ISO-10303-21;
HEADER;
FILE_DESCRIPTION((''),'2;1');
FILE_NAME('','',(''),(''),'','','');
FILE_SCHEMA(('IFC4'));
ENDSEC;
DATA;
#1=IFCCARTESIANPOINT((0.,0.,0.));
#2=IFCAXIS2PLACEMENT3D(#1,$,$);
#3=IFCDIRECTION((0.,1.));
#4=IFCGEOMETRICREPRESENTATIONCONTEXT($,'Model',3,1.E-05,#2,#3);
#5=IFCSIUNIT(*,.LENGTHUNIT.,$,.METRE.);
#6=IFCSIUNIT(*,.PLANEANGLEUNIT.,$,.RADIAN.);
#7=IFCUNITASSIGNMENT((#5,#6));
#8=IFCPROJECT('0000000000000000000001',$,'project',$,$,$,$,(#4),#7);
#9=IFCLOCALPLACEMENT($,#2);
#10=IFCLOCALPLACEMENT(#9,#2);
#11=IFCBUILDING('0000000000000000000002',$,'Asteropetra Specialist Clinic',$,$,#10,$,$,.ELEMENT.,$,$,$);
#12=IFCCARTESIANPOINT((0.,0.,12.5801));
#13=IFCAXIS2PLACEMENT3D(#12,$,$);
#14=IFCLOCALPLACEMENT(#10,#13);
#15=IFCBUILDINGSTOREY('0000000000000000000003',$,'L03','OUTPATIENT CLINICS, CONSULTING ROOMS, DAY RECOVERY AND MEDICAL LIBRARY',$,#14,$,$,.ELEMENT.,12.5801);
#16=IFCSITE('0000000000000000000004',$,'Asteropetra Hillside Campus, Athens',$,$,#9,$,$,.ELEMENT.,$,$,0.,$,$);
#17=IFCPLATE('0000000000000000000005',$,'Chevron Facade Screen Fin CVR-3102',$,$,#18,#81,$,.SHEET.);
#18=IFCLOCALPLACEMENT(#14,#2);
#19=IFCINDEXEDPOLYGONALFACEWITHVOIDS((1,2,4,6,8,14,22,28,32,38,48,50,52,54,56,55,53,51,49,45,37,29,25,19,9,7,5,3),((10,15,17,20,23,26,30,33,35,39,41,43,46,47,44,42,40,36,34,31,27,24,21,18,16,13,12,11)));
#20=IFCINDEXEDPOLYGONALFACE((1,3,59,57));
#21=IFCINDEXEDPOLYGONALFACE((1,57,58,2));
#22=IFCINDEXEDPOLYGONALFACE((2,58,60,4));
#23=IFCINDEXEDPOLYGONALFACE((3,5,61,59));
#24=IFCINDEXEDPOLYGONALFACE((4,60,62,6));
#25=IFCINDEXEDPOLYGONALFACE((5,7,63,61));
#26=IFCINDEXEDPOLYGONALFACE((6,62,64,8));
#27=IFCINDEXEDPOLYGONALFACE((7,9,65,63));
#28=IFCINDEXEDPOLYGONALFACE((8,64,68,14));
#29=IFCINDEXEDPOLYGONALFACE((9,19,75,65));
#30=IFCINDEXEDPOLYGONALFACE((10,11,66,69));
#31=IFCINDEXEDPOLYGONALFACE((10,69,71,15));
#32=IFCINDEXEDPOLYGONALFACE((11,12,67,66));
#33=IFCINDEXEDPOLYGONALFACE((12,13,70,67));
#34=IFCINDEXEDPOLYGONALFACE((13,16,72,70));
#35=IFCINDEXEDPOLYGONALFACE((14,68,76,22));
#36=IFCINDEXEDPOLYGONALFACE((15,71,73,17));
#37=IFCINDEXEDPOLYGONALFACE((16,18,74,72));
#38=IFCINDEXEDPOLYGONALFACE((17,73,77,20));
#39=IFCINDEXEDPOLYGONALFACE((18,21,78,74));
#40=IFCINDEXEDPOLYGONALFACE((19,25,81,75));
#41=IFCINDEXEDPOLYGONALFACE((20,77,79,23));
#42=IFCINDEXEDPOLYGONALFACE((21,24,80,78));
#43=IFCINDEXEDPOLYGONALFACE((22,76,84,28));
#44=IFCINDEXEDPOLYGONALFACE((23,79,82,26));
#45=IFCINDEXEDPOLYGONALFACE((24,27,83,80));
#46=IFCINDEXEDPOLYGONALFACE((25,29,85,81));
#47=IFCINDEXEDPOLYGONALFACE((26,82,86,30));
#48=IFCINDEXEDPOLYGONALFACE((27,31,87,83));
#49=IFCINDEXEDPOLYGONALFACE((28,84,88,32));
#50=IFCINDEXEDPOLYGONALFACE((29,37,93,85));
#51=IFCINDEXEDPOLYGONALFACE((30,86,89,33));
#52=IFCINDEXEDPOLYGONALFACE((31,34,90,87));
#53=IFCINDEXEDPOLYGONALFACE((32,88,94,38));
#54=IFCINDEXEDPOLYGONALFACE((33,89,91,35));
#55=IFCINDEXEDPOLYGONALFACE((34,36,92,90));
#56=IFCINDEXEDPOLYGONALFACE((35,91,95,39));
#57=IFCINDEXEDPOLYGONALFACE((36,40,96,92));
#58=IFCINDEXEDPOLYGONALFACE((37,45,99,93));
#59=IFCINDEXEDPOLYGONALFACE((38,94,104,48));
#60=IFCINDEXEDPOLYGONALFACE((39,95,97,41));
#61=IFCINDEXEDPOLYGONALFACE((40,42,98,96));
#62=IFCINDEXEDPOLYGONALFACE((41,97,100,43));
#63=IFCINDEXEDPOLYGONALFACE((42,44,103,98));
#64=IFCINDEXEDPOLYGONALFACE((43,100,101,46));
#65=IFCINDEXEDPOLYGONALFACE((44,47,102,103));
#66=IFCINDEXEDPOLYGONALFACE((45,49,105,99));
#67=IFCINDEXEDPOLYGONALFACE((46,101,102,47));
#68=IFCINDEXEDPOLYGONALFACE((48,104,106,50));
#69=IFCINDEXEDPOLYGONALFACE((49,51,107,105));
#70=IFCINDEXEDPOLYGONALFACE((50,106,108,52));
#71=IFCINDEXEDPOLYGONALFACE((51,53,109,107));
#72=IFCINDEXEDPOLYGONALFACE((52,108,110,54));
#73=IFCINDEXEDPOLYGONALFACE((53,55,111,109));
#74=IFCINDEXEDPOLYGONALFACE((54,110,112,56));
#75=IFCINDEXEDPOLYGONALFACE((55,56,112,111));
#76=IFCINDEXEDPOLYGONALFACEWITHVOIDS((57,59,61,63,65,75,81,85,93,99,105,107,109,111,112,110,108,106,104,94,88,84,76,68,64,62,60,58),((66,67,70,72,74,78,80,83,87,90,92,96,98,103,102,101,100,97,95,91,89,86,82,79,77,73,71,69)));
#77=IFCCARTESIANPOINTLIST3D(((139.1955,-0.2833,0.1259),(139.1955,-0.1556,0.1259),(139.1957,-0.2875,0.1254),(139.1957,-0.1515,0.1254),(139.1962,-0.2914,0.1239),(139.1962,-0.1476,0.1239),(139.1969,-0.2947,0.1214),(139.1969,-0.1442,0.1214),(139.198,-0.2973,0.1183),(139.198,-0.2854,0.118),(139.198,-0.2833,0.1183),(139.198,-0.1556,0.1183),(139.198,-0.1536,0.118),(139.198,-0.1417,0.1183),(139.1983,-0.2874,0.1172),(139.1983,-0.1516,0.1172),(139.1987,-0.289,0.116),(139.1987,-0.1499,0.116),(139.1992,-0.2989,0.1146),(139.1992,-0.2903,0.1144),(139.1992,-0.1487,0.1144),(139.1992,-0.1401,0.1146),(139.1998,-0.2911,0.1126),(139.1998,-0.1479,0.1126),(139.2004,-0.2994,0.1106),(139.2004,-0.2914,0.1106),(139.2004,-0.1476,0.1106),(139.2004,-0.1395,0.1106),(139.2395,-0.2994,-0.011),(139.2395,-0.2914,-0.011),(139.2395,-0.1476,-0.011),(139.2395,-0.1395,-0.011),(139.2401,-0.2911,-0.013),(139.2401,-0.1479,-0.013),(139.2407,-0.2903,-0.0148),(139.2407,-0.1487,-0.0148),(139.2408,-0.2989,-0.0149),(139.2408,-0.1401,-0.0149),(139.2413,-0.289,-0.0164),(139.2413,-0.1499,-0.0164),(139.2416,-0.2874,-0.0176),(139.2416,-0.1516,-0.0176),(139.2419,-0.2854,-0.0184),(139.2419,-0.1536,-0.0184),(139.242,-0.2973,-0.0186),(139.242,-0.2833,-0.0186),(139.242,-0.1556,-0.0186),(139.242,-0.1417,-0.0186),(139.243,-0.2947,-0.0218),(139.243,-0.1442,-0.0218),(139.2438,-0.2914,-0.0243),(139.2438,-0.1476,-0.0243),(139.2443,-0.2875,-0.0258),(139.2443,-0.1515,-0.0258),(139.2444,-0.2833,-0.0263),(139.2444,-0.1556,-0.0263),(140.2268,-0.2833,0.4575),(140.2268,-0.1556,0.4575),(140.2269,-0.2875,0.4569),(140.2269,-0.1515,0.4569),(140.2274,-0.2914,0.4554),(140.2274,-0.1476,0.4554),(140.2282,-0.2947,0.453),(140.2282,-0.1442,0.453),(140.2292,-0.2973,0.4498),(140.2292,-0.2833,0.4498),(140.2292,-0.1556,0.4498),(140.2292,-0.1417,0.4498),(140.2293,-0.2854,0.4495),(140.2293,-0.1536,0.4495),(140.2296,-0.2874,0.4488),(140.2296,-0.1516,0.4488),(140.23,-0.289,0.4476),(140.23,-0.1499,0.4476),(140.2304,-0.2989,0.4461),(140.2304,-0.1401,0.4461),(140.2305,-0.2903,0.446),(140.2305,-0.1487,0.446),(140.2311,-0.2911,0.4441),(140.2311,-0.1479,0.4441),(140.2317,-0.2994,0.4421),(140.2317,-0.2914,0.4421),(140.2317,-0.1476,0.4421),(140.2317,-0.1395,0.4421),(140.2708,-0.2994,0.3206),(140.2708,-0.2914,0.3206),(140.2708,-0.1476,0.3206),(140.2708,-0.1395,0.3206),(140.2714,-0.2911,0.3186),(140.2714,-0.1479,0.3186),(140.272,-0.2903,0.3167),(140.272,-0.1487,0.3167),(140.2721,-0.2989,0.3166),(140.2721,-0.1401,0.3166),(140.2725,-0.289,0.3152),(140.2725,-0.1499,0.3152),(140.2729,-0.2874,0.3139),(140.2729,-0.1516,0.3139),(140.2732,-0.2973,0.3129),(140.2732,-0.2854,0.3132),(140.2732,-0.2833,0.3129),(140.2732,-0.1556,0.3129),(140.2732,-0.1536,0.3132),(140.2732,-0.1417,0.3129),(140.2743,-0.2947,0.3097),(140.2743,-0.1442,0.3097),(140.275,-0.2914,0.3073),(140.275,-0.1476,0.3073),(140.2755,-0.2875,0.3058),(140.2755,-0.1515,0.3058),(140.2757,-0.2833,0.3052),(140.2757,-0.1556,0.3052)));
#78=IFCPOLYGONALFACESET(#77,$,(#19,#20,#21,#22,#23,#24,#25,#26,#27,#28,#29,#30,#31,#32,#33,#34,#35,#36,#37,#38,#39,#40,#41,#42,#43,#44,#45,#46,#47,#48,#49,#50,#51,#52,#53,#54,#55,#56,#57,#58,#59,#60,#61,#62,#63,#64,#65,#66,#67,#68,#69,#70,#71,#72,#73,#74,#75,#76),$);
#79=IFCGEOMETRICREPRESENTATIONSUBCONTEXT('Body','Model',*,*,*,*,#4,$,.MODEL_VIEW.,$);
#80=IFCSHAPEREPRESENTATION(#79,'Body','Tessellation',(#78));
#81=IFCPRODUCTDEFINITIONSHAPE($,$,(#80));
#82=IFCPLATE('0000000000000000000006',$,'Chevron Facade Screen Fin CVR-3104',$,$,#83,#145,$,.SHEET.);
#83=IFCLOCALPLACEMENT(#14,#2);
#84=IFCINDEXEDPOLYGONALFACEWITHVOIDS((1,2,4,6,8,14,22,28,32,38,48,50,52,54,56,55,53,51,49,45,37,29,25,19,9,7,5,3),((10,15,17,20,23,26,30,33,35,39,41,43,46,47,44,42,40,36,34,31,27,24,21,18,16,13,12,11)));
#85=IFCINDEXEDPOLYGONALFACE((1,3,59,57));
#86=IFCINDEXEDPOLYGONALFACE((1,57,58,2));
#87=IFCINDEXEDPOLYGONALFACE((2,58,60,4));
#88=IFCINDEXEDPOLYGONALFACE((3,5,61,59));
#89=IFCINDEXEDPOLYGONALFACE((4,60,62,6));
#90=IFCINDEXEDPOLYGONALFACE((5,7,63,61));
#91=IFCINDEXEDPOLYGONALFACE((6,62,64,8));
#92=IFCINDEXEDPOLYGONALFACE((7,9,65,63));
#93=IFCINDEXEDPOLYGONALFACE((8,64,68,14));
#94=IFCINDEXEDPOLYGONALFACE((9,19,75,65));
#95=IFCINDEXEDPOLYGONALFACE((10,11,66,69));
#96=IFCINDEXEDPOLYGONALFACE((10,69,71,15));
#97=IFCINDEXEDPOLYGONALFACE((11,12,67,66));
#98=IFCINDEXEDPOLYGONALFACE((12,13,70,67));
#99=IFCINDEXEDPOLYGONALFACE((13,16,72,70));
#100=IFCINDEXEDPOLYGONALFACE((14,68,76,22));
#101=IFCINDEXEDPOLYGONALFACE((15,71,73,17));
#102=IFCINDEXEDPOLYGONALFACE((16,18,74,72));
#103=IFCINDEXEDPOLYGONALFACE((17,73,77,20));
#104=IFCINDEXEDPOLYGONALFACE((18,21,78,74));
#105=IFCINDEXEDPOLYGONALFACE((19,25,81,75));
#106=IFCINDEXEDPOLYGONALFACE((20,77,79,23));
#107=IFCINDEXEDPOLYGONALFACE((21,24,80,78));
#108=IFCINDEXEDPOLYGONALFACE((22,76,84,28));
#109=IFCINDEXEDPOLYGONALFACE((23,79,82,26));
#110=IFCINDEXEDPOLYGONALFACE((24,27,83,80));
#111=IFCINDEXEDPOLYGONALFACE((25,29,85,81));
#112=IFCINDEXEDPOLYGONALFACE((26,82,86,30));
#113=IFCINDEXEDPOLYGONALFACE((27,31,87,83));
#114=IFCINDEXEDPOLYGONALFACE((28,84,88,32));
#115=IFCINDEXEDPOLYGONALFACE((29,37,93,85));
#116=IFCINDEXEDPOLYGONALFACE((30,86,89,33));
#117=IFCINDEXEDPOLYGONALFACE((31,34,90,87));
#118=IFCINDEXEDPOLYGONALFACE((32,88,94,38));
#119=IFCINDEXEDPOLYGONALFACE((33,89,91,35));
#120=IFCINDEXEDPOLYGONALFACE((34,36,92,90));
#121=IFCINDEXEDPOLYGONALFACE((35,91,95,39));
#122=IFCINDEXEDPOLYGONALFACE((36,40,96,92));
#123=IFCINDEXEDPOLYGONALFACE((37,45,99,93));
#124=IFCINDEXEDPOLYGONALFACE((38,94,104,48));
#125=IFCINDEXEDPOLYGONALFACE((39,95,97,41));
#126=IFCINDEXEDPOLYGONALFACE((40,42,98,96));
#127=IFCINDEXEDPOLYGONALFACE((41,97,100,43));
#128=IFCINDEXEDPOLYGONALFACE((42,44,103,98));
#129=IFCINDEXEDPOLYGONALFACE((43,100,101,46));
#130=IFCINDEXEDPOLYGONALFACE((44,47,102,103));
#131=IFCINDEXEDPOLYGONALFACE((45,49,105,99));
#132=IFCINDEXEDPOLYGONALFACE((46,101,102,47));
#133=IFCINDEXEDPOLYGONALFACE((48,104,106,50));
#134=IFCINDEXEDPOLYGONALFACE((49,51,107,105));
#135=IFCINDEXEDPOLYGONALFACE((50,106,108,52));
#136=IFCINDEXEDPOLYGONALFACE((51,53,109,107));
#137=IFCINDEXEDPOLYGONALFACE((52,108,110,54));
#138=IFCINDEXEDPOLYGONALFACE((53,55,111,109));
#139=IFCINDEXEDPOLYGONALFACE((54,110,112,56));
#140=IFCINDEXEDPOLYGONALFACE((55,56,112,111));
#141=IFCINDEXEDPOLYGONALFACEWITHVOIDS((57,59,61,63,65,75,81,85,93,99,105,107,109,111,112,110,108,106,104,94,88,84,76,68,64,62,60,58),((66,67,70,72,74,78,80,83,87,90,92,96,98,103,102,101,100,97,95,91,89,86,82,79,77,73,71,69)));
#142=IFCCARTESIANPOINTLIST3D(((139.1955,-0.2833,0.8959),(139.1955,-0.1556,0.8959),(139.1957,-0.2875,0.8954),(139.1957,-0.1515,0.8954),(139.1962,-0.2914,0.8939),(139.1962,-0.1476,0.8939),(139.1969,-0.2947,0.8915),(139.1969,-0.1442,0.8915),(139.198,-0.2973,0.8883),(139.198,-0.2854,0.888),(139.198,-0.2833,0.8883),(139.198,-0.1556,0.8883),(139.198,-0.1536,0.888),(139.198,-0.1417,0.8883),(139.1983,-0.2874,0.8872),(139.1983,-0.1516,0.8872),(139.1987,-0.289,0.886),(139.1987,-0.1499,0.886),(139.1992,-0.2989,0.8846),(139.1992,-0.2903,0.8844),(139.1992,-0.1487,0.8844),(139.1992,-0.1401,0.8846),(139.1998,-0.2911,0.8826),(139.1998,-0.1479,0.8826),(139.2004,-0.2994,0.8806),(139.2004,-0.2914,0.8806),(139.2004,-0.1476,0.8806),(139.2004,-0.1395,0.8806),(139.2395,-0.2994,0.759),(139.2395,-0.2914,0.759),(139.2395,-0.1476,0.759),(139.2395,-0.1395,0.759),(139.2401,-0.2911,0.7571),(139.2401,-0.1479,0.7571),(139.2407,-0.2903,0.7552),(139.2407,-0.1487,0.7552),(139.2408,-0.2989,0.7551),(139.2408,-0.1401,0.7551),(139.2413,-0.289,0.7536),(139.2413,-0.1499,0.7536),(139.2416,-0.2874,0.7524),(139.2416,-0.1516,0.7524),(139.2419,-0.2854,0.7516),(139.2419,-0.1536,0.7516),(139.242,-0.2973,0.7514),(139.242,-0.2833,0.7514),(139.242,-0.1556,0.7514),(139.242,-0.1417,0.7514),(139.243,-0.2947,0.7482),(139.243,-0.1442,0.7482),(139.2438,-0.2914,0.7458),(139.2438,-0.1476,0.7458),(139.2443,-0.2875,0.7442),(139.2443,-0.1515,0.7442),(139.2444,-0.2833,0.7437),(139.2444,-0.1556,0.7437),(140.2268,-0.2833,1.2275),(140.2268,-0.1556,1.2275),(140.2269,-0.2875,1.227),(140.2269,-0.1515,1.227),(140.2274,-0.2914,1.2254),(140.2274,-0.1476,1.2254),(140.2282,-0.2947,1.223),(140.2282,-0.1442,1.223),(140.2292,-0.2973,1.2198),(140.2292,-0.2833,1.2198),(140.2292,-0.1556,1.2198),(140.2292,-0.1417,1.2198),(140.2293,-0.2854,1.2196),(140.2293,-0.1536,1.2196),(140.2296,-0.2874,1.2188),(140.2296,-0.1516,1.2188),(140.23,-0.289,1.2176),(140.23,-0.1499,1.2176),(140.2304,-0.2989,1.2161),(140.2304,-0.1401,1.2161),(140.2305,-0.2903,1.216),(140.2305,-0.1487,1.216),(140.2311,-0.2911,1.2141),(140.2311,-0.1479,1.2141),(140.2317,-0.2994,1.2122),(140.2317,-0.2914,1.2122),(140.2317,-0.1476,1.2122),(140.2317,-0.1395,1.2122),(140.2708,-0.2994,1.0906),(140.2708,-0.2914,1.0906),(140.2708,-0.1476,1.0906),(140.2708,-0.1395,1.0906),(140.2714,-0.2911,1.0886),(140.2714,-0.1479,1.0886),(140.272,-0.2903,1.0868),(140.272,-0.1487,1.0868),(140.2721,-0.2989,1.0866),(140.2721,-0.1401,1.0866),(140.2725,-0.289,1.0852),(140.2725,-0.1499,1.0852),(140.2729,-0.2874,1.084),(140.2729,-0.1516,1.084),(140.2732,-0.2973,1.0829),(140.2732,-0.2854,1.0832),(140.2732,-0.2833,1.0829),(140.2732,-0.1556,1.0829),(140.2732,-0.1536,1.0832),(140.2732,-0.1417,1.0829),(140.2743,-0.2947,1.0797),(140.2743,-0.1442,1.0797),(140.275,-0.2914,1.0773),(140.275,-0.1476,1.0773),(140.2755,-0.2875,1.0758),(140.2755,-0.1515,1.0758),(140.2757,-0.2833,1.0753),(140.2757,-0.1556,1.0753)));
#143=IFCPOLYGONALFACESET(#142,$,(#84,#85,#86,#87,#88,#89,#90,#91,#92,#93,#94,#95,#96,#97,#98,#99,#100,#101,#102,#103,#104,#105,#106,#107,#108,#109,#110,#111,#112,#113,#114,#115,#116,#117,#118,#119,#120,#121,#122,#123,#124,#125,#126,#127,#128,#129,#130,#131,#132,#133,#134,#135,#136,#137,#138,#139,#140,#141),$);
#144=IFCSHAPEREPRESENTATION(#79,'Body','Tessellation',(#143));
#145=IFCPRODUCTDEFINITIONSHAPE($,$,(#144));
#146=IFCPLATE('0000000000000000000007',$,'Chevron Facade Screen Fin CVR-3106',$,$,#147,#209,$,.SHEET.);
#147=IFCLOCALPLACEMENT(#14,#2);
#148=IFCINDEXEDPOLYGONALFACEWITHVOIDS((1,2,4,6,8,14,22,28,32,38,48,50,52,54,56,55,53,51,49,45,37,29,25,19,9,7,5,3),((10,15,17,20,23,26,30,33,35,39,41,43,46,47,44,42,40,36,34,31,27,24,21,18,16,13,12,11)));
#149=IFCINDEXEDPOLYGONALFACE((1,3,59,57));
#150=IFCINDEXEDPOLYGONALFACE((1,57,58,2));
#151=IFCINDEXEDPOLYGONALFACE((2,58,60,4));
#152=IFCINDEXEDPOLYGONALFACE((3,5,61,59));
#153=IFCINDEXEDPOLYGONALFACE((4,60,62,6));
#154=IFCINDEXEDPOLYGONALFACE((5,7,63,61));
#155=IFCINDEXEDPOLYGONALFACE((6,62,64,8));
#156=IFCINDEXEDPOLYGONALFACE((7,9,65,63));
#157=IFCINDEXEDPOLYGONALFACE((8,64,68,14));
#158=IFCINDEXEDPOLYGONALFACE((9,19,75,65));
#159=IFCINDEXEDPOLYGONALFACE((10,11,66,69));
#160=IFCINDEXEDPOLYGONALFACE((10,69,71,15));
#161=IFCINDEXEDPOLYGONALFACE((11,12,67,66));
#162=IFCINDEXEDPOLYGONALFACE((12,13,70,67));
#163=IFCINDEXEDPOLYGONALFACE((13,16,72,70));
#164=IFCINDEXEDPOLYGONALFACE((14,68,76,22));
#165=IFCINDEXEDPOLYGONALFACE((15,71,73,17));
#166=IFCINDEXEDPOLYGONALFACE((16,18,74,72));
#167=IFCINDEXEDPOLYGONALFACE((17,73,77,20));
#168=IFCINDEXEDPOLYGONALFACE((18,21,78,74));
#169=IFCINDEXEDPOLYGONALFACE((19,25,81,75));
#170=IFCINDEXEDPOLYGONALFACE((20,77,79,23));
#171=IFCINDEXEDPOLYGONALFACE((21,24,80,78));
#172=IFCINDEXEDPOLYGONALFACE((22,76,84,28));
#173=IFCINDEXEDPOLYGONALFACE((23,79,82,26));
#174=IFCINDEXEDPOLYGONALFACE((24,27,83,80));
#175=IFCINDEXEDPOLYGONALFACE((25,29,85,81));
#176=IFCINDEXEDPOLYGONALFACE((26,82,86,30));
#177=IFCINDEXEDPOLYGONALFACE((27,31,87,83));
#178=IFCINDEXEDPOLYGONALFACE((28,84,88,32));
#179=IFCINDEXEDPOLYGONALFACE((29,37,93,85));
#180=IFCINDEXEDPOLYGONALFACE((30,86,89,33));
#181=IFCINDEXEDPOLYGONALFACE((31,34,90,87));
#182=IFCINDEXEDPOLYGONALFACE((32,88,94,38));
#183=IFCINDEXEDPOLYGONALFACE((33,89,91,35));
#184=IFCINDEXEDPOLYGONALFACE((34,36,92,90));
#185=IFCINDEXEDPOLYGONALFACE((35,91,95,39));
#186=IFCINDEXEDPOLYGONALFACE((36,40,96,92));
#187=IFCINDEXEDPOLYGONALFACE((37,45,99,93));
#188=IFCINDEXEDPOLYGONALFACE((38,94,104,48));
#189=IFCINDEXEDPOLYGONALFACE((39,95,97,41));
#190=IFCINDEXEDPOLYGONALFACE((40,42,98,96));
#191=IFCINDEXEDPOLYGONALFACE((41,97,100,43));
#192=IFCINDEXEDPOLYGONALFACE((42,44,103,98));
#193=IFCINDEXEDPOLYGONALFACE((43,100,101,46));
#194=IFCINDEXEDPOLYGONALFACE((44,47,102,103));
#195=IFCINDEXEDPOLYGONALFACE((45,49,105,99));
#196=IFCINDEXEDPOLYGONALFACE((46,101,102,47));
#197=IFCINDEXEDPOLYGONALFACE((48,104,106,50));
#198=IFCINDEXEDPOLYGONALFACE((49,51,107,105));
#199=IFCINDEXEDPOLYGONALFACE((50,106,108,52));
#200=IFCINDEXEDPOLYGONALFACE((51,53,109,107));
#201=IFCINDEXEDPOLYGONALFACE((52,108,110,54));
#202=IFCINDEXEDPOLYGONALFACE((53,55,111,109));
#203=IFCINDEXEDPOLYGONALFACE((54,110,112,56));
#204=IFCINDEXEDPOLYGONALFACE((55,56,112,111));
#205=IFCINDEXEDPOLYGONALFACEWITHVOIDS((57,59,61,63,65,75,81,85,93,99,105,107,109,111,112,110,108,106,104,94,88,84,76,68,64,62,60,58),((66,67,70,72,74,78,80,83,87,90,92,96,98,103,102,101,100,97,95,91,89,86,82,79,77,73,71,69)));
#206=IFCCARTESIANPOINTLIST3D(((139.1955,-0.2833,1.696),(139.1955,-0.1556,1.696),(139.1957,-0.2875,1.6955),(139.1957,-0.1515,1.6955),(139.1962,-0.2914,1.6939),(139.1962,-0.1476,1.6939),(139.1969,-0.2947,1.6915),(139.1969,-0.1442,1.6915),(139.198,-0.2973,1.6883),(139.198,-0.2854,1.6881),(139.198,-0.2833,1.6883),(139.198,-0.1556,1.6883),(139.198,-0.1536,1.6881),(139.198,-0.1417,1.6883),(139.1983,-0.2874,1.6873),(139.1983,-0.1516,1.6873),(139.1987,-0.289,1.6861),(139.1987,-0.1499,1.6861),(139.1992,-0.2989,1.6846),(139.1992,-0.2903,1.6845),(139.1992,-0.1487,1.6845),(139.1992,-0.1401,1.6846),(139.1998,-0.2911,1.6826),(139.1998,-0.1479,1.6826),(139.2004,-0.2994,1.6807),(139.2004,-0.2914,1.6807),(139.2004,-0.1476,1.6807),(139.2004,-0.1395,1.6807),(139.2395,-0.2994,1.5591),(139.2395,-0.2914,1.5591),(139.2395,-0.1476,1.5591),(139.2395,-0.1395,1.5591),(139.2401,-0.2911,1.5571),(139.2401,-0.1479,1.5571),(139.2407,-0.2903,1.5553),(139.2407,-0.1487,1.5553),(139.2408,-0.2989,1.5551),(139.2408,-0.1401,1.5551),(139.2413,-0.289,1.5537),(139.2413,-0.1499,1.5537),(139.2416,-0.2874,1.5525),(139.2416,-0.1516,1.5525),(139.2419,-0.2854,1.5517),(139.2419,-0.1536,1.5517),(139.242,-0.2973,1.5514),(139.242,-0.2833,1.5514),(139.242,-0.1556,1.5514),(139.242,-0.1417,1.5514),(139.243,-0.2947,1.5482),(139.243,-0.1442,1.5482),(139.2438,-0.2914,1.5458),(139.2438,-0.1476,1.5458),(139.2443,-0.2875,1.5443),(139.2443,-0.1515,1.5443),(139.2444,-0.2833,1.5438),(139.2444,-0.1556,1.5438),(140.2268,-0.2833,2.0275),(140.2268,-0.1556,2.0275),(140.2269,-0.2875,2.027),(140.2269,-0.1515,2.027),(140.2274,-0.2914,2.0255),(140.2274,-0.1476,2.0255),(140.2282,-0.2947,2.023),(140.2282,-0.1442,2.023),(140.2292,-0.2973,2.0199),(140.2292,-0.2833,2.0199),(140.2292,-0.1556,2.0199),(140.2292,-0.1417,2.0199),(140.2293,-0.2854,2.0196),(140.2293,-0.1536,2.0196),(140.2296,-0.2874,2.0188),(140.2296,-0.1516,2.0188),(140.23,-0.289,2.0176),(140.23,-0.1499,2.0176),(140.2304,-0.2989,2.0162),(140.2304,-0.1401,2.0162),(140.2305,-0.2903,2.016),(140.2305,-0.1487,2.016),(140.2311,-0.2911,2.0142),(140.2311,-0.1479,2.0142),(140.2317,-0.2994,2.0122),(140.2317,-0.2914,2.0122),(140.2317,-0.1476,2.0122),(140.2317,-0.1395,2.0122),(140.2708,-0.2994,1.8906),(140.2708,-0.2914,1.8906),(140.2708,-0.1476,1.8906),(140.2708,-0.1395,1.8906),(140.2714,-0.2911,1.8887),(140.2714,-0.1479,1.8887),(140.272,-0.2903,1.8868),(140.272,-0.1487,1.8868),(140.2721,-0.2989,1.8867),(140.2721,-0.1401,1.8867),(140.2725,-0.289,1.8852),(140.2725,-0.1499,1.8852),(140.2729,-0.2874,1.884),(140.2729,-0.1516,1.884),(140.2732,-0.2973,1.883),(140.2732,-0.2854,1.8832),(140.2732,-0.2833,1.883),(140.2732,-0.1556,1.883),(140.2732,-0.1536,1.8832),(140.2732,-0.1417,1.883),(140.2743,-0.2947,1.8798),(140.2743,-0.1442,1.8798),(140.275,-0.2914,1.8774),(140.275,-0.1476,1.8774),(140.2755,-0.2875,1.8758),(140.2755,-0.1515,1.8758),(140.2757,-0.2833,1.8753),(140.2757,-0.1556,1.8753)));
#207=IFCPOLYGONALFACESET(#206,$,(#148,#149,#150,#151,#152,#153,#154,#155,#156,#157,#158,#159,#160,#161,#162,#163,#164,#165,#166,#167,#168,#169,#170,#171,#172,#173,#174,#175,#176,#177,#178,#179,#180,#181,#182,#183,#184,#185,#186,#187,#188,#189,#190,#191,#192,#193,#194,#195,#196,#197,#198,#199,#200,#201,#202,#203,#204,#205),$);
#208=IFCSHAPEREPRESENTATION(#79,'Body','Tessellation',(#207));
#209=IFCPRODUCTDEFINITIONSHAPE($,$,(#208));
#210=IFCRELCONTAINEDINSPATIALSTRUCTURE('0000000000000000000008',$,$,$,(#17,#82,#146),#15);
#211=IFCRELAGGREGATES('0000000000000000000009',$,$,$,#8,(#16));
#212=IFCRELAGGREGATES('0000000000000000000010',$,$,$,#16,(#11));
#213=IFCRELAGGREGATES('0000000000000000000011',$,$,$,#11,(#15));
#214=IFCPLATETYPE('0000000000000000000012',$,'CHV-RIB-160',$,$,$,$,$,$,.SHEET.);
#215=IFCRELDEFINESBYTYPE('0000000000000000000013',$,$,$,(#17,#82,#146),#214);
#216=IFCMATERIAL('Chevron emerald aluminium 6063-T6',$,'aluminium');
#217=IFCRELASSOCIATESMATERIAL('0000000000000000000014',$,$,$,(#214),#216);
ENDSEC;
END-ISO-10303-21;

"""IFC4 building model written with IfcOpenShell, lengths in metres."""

from ifc_helpers import new_model, si_unit, direction, frame, origin, origin_2d, place, context, subcontext, project, spatial, hollow_rectangle, extrude, material, material_profile, profile_set, type_object, element, save


model = new_model("IFC4")

# Units and contexts
model_context = context("Model", 3, precision=1e-05, world=origin(), true_north=direction((0.0, 1.0)))
body_context = subcontext(model_context, "Body", "Model", "MODEL_VIEW")
ifc_project = project(units=[si_unit("LENGTHUNIT", "METRE"), si_unit("PLANEANGLEUNIT", "RADIAN")], contexts=[model_context])

# Site, building, storey
site_placement = place(None, origin())
site = spatial("IfcSite", under=ifc_project, at=site_placement, Name="Asteropetra Hillside Campus, Athens", CompositionType="ELEMENT", RefElevation=0.0)
building_placement = place(site_placement, origin())
building = spatial("IfcBuilding", under=site, at=building_placement, Name="Asteropetra Specialist Clinic", CompositionType="ELEMENT")
storey_placement = place(building_placement, frame((0.0, 0.0, 12.5801)))
storey = spatial("IfcBuildingStorey", under=building, at=storey_placement, Name="L03", Description="OUTPATIENT CLINICS, CONSULTING ROOMS, DAY RECOVERY AND MEDICAL LIBRARY", CompositionType="ELEMENT", Elevation=12.5801)

# Plates
ifc_material_1 = material(Name="Chevron emerald aluminium 6063-T6", Category="aluminium")
ifc_material_profile_1 = material_profile(ifc_material_1, hollow_rectangle(XDim=0.1599, YDim=0.1599, WallThickness=0.0081, InnerFilletRadius=0.0081, OuterFilletRadius=0.0161, at=origin_2d()), Name="SHS 160x160x8.0")
ifc_profile_set_1 = profile_set([ifc_material_profile_1], Name="Chevron emerald aluminium 6063-T6")
plate_type_1 = type_object("IfcPlateType", Name="CHV-RIB-160", PredefinedType="SHEET", material=ifc_profile_set_1)
for number, where, z_axis, x_axis, name in (
    (1, (139.22, -0.2195, 0.0498), (0.95201, 0.0, 0.306068), (0.0, 1.0, 0.0), "Chevron Facade Screen Fin CVR-3102"),
    (2, (139.22, -0.2195, 0.8198), (0.95201, 0.0, 0.306068), (0.0, 1.0, 0.0), "Chevron Facade Screen Fin CVR-3104"),
    (3, (139.22, -0.2195, 1.6199), (0.95201, 0.0, 0.306068), (0.0, 1.0, 0.0), "Chevron Facade Screen Fin CVR-3106"),
):
    element("IfcPlate", number, at=place(storey_placement, frame(where, z_axis=z_axis, x_axis=x_axis)), inside=storey, type_object=plate_type_1, Name=name, PredefinedType="SHEET", context=body_context, shape_type="SweptSolid", body=[
        extrude(hollow_rectangle(XDim=0.1599, YDim=0.1599, WallThickness=0.0081, InnerFilletRadius=0.0081, OuterFilletRadius=0.0161, at=origin_2d()), origin(), (0.0, 0.0, 1.0), 1.0833),
    ])

save(model, "model.ifc")
